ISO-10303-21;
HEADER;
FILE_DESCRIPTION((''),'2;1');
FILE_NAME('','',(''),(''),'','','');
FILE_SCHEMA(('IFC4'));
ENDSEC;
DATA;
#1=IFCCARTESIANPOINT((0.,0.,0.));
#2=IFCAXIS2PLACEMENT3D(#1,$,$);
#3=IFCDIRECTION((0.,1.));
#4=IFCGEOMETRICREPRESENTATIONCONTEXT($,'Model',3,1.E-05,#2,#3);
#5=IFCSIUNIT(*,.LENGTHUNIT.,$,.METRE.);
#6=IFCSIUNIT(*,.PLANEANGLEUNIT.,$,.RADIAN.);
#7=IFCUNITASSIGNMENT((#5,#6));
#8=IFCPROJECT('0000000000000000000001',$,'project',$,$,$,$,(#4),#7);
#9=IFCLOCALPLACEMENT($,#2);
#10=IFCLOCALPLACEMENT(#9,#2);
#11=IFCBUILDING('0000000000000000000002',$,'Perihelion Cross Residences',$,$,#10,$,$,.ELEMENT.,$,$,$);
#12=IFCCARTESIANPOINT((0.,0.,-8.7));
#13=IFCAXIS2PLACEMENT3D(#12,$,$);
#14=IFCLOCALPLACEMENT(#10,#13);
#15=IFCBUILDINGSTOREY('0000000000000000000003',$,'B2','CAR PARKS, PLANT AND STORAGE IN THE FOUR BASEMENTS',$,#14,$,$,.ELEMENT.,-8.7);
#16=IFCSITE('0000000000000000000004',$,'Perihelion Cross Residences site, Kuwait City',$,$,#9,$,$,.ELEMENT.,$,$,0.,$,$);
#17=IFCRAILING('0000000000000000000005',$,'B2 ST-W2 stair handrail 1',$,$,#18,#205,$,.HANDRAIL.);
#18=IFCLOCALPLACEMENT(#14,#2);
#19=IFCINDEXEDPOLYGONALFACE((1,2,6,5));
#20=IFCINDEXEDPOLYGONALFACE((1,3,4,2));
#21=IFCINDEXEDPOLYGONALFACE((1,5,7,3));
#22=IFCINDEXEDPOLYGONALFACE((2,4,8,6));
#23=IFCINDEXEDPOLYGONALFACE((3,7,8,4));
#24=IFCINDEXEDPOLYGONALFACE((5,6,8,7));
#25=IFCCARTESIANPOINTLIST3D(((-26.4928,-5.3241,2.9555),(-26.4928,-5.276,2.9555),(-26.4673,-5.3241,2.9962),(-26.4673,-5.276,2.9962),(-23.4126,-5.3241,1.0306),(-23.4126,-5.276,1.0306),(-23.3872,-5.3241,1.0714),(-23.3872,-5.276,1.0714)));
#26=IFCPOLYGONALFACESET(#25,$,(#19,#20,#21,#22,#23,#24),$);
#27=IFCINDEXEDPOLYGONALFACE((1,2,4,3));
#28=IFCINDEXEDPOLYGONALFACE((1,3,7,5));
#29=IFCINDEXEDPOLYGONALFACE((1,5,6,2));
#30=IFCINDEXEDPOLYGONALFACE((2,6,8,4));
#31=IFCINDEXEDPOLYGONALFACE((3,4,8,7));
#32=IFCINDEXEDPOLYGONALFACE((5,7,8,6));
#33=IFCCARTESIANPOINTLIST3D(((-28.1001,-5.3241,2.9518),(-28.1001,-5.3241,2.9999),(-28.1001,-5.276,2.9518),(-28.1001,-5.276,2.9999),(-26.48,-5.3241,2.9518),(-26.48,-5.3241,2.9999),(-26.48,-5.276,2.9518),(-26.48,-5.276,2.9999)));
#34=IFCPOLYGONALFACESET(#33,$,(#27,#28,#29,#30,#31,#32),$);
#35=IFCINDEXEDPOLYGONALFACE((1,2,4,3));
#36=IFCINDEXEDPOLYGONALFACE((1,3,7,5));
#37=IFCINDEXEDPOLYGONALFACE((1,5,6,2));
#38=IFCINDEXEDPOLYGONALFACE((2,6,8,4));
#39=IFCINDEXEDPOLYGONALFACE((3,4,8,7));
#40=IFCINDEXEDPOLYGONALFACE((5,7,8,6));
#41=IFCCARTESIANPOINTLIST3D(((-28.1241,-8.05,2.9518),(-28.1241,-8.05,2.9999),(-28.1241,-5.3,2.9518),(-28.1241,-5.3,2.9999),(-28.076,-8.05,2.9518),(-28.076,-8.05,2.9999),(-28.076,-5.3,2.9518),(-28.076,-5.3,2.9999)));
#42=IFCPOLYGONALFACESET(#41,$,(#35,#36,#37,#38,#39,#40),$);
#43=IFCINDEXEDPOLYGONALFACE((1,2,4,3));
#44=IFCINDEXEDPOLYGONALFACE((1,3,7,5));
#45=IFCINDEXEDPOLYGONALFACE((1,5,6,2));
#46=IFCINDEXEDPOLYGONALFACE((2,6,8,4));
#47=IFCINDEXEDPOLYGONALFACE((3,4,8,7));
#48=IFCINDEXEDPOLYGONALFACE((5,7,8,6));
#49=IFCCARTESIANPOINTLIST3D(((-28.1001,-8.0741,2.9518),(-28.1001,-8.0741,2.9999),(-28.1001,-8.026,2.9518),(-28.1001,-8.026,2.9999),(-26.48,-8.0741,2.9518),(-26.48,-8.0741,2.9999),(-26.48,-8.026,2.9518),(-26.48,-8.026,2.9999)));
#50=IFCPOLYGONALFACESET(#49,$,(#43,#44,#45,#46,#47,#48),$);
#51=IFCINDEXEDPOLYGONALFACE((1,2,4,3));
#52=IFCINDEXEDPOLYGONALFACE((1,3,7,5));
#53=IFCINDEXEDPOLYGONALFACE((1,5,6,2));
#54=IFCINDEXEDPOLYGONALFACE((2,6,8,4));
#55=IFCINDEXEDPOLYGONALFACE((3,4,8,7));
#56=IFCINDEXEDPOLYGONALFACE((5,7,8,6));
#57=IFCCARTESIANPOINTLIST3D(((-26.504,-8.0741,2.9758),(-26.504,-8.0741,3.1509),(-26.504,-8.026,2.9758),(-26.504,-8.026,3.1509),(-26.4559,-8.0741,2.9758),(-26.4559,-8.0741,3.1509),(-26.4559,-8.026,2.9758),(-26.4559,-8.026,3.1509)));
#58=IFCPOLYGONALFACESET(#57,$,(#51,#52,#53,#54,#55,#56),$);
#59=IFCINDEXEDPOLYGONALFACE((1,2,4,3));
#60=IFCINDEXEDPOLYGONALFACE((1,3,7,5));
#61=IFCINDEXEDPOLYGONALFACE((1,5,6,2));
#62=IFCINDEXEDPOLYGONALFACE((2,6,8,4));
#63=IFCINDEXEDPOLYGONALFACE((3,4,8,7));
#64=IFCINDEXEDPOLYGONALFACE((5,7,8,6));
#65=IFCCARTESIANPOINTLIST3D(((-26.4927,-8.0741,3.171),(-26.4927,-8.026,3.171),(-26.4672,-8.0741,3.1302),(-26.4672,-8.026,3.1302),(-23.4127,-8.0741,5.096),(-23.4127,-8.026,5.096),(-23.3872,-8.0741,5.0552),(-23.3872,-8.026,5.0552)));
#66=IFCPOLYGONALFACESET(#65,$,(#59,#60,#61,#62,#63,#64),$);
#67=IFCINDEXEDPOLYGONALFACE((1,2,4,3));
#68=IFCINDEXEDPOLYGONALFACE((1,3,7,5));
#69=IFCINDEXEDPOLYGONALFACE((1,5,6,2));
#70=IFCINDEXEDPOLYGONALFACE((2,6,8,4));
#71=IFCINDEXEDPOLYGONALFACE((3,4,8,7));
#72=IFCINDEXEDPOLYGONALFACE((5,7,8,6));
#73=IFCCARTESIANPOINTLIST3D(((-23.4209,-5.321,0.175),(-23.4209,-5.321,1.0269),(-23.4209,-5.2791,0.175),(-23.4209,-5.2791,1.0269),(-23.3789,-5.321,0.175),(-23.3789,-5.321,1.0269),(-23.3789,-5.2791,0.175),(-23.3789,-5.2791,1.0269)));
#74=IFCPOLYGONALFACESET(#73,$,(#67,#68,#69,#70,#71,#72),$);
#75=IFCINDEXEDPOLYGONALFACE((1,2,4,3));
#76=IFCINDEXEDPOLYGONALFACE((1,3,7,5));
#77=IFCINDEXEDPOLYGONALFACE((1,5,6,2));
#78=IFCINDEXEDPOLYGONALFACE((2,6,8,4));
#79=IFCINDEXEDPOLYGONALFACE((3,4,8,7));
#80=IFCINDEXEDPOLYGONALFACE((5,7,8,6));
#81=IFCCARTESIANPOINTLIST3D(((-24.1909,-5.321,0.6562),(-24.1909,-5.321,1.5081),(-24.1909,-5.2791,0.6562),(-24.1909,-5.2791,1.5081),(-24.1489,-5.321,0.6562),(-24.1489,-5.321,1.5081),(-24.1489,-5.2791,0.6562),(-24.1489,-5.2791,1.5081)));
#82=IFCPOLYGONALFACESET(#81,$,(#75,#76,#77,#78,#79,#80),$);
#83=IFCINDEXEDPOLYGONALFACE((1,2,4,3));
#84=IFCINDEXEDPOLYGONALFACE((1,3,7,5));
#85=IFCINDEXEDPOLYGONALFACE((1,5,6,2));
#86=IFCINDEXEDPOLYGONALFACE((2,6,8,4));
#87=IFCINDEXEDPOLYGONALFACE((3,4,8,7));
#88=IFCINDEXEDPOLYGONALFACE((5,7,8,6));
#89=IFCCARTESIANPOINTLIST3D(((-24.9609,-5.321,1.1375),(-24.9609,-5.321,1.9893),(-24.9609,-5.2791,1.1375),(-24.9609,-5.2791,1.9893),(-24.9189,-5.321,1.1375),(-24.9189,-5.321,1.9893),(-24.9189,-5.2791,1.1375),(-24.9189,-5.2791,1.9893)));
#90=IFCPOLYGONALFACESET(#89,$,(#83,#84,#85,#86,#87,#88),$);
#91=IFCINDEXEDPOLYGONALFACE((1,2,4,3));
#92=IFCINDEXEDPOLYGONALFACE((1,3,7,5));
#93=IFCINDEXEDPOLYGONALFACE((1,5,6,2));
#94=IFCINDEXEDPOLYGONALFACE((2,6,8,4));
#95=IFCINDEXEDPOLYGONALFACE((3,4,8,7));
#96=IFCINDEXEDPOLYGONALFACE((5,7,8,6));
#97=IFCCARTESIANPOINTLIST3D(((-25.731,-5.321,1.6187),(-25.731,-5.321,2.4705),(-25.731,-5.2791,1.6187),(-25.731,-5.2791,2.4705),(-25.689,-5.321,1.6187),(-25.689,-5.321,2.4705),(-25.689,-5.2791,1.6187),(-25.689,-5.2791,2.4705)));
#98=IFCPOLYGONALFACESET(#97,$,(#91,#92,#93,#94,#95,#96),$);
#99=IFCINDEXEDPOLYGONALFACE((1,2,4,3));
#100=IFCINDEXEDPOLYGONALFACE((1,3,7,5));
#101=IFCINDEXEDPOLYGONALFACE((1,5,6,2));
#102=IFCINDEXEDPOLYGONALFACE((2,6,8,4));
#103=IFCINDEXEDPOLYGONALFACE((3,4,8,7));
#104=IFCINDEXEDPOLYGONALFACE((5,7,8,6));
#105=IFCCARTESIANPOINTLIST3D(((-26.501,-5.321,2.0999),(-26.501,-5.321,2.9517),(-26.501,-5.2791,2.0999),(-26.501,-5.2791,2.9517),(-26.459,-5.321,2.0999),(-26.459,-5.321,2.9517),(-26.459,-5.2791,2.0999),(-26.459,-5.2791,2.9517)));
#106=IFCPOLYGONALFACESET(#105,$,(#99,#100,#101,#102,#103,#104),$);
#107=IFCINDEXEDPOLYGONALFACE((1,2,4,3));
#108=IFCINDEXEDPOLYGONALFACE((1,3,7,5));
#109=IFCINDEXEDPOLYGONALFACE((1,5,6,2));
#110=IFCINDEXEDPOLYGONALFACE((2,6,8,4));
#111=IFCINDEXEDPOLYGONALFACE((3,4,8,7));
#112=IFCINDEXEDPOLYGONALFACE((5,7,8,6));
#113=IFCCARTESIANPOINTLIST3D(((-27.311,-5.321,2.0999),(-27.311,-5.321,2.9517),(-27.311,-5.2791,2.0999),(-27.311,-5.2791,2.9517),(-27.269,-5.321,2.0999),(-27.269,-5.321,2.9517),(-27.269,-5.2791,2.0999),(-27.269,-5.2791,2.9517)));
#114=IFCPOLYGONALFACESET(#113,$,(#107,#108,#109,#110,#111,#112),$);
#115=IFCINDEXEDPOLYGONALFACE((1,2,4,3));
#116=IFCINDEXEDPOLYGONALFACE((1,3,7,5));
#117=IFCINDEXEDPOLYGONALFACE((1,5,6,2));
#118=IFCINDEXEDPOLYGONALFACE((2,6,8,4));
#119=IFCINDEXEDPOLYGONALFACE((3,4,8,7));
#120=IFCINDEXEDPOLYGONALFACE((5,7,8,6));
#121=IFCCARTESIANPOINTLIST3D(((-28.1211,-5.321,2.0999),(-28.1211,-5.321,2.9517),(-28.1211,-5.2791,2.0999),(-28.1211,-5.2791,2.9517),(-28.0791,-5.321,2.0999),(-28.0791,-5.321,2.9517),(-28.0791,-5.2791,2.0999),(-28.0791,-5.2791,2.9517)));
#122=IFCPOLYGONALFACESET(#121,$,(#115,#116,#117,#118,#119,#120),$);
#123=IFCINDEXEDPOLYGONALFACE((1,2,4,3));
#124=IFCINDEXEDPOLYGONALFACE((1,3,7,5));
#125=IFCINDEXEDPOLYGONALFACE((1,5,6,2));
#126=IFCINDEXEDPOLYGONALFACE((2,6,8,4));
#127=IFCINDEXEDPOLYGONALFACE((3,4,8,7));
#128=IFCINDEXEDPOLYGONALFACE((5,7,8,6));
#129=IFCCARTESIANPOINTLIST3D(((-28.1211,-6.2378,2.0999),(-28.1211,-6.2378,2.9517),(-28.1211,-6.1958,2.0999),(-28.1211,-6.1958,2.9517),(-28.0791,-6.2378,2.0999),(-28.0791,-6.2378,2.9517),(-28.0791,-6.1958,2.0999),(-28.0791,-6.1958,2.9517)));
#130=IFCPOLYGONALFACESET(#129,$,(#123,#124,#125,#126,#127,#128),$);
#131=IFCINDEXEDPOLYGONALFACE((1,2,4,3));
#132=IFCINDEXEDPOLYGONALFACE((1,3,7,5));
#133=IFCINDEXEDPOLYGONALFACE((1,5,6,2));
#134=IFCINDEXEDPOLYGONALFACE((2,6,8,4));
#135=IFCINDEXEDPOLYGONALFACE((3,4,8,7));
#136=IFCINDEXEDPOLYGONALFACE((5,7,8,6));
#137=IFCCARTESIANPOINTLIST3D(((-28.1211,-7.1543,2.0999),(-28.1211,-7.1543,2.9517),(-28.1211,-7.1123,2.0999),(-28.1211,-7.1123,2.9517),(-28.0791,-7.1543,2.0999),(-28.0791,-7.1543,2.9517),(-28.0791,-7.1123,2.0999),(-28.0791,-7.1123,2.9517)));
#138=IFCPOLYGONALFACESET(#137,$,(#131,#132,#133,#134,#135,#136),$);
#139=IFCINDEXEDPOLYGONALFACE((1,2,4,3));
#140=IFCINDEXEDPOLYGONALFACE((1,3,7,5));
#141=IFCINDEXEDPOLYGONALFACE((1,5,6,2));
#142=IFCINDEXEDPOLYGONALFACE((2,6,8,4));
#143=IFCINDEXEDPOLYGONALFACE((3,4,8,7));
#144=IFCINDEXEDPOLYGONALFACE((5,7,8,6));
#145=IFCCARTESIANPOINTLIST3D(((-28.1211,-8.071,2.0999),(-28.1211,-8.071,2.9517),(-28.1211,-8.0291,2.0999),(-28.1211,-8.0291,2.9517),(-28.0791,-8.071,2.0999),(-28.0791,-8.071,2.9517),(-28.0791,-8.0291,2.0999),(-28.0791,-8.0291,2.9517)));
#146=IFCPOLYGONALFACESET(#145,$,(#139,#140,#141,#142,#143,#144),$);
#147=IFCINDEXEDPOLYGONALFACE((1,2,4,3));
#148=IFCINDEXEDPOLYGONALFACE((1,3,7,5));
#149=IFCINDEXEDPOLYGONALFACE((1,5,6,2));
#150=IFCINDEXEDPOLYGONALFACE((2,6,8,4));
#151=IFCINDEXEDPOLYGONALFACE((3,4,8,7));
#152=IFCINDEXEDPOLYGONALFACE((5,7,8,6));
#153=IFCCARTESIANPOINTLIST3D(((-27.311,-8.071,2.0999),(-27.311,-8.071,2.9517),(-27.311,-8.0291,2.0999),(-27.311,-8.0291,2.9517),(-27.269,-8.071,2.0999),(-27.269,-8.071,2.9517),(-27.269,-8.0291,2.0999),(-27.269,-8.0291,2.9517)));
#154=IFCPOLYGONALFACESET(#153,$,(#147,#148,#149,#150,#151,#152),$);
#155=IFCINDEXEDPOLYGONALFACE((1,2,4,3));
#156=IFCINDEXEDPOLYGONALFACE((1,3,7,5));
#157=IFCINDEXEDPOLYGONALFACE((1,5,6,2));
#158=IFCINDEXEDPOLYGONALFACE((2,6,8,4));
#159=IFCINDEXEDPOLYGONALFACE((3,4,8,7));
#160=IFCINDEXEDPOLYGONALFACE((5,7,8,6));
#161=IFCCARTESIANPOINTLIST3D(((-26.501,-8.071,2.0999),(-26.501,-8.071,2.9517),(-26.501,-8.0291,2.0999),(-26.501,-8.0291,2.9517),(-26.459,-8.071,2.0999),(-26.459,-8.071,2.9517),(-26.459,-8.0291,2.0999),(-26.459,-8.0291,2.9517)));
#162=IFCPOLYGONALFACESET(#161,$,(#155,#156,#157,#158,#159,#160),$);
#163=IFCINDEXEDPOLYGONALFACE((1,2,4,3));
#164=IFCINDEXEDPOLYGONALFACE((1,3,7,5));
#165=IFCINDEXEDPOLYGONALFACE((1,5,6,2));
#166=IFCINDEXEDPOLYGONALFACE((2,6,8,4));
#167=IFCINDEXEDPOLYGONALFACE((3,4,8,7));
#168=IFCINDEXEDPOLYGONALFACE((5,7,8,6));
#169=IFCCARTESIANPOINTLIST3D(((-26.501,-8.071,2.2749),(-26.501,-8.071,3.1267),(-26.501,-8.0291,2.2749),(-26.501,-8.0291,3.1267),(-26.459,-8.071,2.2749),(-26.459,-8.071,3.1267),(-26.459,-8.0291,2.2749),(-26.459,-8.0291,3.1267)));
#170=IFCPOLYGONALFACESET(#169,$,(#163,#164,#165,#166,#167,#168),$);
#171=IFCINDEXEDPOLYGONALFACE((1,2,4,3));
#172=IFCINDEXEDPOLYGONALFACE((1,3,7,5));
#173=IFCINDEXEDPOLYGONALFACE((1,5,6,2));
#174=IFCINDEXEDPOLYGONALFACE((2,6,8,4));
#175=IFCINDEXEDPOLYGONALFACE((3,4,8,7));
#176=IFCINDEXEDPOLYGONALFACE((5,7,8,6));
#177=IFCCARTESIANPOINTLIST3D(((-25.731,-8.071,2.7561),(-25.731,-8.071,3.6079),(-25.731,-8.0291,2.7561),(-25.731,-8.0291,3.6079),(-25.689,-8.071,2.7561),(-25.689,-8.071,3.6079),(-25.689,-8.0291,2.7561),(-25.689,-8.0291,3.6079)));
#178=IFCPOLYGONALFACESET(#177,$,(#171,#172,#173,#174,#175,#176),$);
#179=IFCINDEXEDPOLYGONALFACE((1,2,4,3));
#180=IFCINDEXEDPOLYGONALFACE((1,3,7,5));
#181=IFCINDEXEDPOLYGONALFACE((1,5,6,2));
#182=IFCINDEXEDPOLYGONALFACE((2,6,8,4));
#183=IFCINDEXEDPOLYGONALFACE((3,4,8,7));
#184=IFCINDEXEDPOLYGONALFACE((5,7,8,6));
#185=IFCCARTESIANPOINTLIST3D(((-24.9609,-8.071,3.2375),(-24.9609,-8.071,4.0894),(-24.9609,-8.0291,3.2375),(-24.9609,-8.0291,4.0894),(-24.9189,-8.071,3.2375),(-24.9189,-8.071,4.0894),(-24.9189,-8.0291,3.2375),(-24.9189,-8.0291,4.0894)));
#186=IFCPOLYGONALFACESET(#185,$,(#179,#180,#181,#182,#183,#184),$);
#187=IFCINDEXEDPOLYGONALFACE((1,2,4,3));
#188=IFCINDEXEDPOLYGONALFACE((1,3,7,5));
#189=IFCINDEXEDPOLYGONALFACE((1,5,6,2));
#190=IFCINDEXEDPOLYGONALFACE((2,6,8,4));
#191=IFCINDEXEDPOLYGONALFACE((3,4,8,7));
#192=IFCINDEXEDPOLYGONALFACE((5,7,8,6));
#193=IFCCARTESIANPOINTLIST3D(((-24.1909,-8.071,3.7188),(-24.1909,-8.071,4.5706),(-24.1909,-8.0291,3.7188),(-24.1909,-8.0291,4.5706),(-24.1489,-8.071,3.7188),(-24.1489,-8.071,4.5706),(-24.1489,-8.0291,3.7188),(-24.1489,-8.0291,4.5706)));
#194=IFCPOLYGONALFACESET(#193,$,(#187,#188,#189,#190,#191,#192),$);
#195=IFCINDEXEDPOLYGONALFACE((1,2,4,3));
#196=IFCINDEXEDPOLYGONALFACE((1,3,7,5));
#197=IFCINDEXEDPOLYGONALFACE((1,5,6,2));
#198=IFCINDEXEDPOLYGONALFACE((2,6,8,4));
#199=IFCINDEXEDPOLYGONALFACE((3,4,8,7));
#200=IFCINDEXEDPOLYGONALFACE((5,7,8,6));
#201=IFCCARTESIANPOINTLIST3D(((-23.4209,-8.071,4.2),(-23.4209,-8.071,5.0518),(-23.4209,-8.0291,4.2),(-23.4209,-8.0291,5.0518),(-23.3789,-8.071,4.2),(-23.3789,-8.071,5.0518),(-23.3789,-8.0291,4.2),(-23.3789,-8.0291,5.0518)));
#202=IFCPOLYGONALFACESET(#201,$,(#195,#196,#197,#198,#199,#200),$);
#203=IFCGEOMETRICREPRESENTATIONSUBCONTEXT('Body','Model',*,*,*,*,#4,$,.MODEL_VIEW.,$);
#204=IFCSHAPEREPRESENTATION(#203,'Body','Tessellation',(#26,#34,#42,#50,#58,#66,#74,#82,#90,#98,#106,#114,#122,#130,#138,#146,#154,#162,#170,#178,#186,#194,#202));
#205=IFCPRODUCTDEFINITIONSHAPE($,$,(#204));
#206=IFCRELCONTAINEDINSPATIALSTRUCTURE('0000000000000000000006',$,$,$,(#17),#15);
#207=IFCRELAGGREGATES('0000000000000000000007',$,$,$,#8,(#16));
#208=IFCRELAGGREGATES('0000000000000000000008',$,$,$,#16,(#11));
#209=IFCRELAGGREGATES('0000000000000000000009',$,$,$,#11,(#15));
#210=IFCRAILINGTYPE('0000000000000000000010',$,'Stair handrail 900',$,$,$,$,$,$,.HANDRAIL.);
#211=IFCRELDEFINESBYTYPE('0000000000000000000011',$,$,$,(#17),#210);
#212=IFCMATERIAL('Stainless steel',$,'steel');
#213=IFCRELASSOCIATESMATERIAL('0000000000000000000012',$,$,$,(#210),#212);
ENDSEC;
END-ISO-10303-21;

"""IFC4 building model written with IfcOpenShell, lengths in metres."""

from ifc_helpers import new_model, si_unit, direction, frame, origin, origin_2d, place, context, subcontext, project, spatial, rectangle, extrude, material, type_object, element, save


model = new_model("IFC4")

# Units and contexts
model_context = context("Model", 3, precision=1e-05, world=origin(), true_north=direction((0.0, 1.0)))
body_context = subcontext(model_context, "Body", "Model", "MODEL_VIEW")
ifc_project = project(units=[si_unit("LENGTHUNIT", "METRE"), si_unit("PLANEANGLEUNIT", "RADIAN")], contexts=[model_context])

# Site, building, storey
site_placement = place(None, origin())
site = spatial("IfcSite", under=ifc_project, at=site_placement, Name="Perihelion Cross Residences site, Kuwait City", CompositionType="ELEMENT", RefElevation=0.0)
building_placement = place(site_placement, origin())
building = spatial("IfcBuilding", under=site, at=building_placement, Name="Perihelion Cross Residences", CompositionType="ELEMENT")
storey_placement = place(building_placement, frame((0.0, 0.0, -8.7)))
storey = spatial("IfcBuildingStorey", under=building, at=storey_placement, Name="B2", Description="CAR PARKS, PLANT AND STORAGE IN THE FOUR BASEMENTS", CompositionType="ELEMENT", Elevation=-8.7)

# Railing
ifc_material_1 = material(Name="Stainless steel", Category="steel")
railing_type_1 = type_object("IfcRailingType", Name="Stair handrail 900", PredefinedType="HANDRAIL", material=ifc_material_1)
railing_1_placement = place(storey_placement, frame((-23.3999, -5.3, 0.175)))
element("IfcRailing", 1, at=railing_1_placement, inside=storey, type_object=railing_type_1, Name="B2 ST-W2 stair handrail 1", PredefinedType="HANDRAIL", context=body_context, shape_type="SweptSolid", body=[
    extrude(rectangle(XDim=0.0481, YDim=0.0481, at=origin_2d()), frame((0.0, 0.0, 0.876), z_axis=(-0.848029, 0.0, 0.529951), x_axis=(0.0, -1.0, 0.0)), (0.0, 0.0, 1.0), 3.6321),
    extrude(rectangle(XDim=0.0481, YDim=0.0481, at=origin_2d()), frame((-3.0801, 0.0, 2.8008), z_axis=(-1.0, 0.0, 0.0), x_axis=(0.0, -1.0, 0.0)), (0.0, 0.0, 1.0), 1.6201),
    extrude(rectangle(XDim=0.0481, YDim=0.0481, at=origin_2d()), frame((-4.7002, 0.0, 2.8008), z_axis=(0.0, -1.0, 0.0), x_axis=(1.0, 0.0, 0.0)), (0.0, 0.0, 1.0), 2.75),
    extrude(rectangle(XDim=0.0481, YDim=0.0481, at=origin_2d()), frame((-4.7002, -2.75, 2.8008), z_axis=(1.0, 0.0, 0.0), x_axis=(0.0, 1.0, 0.0)), (0.0, 0.0, 1.0), 1.6201),
    extrude(rectangle(XDim=0.0481, YDim=0.0481, at=origin_2d()), frame((-3.0801, -2.75, 2.8008), z_axis=(0.0, 0.0, 1.0), x_axis=(1.0, 0.0, 0.0)), (0.0, 0.0, 1.0), 0.175),
    extrude(rectangle(XDim=0.0481, YDim=0.0481, at=origin_2d()), frame((-3.0801, -2.75, 2.9756), z_axis=(0.847998, 0.0, 0.529999), x_axis=(0.0, 1.0, 0.0)), (0.0, 0.0, 1.0), 3.6321),
    extrude(rectangle(XDim=0.042, YDim=0.042, at=origin_2d()), origin(), (0.0, 0.0, 1.0), 0.8518),
    extrude(rectangle(XDim=0.042, YDim=0.042, at=origin_2d()), frame((-0.77, 0.0, 0.4812)), (0.0, 0.0, 1.0), 0.8518),
    extrude(rectangle(XDim=0.042, YDim=0.042, at=origin_2d()), frame((-1.54, 0.0, 0.9624)), (0.0, 0.0, 1.0), 0.8518),
    extrude(rectangle(XDim=0.042, YDim=0.042, at=origin_2d()), frame((-2.3101, 0.0, 1.4436)), (0.0, 0.0, 1.0), 0.8518),
    extrude(rectangle(XDim=0.042, YDim=0.042, at=origin_2d()), frame((-3.0801, 0.0, 1.9248)), (0.0, 0.0, 1.0), 0.8518),
    extrude(rectangle(XDim=0.042, YDim=0.042, at=origin_2d()), frame((-3.8901, 0.0, 1.9248)), (0.0, 0.0, 1.0), 0.8518),
    extrude(rectangle(XDim=0.042, YDim=0.042, at=origin_2d()), frame((-4.7002, 0.0, 1.9248)), (0.0, 0.0, 1.0), 0.8518),
    extrude(rectangle(XDim=0.042, YDim=0.042, at=origin_2d()), frame((-4.7002, -0.9167, 1.9248)), (0.0, 0.0, 1.0), 0.8518),
    extrude(rectangle(XDim=0.042, YDim=0.042, at=origin_2d()), frame((-4.7002, -1.8333, 1.9248)), (0.0, 0.0, 1.0), 0.8518),
    extrude(rectangle(XDim=0.042, YDim=0.042, at=origin_2d()), frame((-4.7002, -2.75, 1.9248)), (0.0, 0.0, 1.0), 0.8518),
    extrude(rectangle(XDim=0.042, YDim=0.042, at=origin_2d()), frame((-3.8901, -2.75, 1.9248)), (0.0, 0.0, 1.0), 0.8518),
    extrude(rectangle(XDim=0.042, YDim=0.042, at=origin_2d()), frame((-3.0801, -2.75, 1.9248)), (0.0, 0.0, 1.0), 0.8518),
    extrude(rectangle(XDim=0.042, YDim=0.042, at=origin_2d()), frame((-3.0801, -2.75, 2.0999)), (0.0, 0.0, 1.0), 0.8518),
    extrude(rectangle(XDim=0.042, YDim=0.042, at=origin_2d()), frame((-2.3101, -2.75, 2.5811)), (0.0, 0.0, 1.0), 0.8518),
    extrude(rectangle(XDim=0.042, YDim=0.042, at=origin_2d()), frame((-1.54, -2.75, 3.0625)), (0.0, 0.0, 1.0), 0.8518),
    extrude(rectangle(XDim=0.042, YDim=0.042, at=origin_2d()), frame((-0.77, -2.75, 3.5437)), (0.0, 0.0, 1.0), 0.8518),
    extrude(rectangle(XDim=0.042, YDim=0.042, at=origin_2d()), frame((0.0, -2.75, 4.0249)), (0.0, 0.0, 1.0), 0.8518),
])

save(model, "model.ifc")
